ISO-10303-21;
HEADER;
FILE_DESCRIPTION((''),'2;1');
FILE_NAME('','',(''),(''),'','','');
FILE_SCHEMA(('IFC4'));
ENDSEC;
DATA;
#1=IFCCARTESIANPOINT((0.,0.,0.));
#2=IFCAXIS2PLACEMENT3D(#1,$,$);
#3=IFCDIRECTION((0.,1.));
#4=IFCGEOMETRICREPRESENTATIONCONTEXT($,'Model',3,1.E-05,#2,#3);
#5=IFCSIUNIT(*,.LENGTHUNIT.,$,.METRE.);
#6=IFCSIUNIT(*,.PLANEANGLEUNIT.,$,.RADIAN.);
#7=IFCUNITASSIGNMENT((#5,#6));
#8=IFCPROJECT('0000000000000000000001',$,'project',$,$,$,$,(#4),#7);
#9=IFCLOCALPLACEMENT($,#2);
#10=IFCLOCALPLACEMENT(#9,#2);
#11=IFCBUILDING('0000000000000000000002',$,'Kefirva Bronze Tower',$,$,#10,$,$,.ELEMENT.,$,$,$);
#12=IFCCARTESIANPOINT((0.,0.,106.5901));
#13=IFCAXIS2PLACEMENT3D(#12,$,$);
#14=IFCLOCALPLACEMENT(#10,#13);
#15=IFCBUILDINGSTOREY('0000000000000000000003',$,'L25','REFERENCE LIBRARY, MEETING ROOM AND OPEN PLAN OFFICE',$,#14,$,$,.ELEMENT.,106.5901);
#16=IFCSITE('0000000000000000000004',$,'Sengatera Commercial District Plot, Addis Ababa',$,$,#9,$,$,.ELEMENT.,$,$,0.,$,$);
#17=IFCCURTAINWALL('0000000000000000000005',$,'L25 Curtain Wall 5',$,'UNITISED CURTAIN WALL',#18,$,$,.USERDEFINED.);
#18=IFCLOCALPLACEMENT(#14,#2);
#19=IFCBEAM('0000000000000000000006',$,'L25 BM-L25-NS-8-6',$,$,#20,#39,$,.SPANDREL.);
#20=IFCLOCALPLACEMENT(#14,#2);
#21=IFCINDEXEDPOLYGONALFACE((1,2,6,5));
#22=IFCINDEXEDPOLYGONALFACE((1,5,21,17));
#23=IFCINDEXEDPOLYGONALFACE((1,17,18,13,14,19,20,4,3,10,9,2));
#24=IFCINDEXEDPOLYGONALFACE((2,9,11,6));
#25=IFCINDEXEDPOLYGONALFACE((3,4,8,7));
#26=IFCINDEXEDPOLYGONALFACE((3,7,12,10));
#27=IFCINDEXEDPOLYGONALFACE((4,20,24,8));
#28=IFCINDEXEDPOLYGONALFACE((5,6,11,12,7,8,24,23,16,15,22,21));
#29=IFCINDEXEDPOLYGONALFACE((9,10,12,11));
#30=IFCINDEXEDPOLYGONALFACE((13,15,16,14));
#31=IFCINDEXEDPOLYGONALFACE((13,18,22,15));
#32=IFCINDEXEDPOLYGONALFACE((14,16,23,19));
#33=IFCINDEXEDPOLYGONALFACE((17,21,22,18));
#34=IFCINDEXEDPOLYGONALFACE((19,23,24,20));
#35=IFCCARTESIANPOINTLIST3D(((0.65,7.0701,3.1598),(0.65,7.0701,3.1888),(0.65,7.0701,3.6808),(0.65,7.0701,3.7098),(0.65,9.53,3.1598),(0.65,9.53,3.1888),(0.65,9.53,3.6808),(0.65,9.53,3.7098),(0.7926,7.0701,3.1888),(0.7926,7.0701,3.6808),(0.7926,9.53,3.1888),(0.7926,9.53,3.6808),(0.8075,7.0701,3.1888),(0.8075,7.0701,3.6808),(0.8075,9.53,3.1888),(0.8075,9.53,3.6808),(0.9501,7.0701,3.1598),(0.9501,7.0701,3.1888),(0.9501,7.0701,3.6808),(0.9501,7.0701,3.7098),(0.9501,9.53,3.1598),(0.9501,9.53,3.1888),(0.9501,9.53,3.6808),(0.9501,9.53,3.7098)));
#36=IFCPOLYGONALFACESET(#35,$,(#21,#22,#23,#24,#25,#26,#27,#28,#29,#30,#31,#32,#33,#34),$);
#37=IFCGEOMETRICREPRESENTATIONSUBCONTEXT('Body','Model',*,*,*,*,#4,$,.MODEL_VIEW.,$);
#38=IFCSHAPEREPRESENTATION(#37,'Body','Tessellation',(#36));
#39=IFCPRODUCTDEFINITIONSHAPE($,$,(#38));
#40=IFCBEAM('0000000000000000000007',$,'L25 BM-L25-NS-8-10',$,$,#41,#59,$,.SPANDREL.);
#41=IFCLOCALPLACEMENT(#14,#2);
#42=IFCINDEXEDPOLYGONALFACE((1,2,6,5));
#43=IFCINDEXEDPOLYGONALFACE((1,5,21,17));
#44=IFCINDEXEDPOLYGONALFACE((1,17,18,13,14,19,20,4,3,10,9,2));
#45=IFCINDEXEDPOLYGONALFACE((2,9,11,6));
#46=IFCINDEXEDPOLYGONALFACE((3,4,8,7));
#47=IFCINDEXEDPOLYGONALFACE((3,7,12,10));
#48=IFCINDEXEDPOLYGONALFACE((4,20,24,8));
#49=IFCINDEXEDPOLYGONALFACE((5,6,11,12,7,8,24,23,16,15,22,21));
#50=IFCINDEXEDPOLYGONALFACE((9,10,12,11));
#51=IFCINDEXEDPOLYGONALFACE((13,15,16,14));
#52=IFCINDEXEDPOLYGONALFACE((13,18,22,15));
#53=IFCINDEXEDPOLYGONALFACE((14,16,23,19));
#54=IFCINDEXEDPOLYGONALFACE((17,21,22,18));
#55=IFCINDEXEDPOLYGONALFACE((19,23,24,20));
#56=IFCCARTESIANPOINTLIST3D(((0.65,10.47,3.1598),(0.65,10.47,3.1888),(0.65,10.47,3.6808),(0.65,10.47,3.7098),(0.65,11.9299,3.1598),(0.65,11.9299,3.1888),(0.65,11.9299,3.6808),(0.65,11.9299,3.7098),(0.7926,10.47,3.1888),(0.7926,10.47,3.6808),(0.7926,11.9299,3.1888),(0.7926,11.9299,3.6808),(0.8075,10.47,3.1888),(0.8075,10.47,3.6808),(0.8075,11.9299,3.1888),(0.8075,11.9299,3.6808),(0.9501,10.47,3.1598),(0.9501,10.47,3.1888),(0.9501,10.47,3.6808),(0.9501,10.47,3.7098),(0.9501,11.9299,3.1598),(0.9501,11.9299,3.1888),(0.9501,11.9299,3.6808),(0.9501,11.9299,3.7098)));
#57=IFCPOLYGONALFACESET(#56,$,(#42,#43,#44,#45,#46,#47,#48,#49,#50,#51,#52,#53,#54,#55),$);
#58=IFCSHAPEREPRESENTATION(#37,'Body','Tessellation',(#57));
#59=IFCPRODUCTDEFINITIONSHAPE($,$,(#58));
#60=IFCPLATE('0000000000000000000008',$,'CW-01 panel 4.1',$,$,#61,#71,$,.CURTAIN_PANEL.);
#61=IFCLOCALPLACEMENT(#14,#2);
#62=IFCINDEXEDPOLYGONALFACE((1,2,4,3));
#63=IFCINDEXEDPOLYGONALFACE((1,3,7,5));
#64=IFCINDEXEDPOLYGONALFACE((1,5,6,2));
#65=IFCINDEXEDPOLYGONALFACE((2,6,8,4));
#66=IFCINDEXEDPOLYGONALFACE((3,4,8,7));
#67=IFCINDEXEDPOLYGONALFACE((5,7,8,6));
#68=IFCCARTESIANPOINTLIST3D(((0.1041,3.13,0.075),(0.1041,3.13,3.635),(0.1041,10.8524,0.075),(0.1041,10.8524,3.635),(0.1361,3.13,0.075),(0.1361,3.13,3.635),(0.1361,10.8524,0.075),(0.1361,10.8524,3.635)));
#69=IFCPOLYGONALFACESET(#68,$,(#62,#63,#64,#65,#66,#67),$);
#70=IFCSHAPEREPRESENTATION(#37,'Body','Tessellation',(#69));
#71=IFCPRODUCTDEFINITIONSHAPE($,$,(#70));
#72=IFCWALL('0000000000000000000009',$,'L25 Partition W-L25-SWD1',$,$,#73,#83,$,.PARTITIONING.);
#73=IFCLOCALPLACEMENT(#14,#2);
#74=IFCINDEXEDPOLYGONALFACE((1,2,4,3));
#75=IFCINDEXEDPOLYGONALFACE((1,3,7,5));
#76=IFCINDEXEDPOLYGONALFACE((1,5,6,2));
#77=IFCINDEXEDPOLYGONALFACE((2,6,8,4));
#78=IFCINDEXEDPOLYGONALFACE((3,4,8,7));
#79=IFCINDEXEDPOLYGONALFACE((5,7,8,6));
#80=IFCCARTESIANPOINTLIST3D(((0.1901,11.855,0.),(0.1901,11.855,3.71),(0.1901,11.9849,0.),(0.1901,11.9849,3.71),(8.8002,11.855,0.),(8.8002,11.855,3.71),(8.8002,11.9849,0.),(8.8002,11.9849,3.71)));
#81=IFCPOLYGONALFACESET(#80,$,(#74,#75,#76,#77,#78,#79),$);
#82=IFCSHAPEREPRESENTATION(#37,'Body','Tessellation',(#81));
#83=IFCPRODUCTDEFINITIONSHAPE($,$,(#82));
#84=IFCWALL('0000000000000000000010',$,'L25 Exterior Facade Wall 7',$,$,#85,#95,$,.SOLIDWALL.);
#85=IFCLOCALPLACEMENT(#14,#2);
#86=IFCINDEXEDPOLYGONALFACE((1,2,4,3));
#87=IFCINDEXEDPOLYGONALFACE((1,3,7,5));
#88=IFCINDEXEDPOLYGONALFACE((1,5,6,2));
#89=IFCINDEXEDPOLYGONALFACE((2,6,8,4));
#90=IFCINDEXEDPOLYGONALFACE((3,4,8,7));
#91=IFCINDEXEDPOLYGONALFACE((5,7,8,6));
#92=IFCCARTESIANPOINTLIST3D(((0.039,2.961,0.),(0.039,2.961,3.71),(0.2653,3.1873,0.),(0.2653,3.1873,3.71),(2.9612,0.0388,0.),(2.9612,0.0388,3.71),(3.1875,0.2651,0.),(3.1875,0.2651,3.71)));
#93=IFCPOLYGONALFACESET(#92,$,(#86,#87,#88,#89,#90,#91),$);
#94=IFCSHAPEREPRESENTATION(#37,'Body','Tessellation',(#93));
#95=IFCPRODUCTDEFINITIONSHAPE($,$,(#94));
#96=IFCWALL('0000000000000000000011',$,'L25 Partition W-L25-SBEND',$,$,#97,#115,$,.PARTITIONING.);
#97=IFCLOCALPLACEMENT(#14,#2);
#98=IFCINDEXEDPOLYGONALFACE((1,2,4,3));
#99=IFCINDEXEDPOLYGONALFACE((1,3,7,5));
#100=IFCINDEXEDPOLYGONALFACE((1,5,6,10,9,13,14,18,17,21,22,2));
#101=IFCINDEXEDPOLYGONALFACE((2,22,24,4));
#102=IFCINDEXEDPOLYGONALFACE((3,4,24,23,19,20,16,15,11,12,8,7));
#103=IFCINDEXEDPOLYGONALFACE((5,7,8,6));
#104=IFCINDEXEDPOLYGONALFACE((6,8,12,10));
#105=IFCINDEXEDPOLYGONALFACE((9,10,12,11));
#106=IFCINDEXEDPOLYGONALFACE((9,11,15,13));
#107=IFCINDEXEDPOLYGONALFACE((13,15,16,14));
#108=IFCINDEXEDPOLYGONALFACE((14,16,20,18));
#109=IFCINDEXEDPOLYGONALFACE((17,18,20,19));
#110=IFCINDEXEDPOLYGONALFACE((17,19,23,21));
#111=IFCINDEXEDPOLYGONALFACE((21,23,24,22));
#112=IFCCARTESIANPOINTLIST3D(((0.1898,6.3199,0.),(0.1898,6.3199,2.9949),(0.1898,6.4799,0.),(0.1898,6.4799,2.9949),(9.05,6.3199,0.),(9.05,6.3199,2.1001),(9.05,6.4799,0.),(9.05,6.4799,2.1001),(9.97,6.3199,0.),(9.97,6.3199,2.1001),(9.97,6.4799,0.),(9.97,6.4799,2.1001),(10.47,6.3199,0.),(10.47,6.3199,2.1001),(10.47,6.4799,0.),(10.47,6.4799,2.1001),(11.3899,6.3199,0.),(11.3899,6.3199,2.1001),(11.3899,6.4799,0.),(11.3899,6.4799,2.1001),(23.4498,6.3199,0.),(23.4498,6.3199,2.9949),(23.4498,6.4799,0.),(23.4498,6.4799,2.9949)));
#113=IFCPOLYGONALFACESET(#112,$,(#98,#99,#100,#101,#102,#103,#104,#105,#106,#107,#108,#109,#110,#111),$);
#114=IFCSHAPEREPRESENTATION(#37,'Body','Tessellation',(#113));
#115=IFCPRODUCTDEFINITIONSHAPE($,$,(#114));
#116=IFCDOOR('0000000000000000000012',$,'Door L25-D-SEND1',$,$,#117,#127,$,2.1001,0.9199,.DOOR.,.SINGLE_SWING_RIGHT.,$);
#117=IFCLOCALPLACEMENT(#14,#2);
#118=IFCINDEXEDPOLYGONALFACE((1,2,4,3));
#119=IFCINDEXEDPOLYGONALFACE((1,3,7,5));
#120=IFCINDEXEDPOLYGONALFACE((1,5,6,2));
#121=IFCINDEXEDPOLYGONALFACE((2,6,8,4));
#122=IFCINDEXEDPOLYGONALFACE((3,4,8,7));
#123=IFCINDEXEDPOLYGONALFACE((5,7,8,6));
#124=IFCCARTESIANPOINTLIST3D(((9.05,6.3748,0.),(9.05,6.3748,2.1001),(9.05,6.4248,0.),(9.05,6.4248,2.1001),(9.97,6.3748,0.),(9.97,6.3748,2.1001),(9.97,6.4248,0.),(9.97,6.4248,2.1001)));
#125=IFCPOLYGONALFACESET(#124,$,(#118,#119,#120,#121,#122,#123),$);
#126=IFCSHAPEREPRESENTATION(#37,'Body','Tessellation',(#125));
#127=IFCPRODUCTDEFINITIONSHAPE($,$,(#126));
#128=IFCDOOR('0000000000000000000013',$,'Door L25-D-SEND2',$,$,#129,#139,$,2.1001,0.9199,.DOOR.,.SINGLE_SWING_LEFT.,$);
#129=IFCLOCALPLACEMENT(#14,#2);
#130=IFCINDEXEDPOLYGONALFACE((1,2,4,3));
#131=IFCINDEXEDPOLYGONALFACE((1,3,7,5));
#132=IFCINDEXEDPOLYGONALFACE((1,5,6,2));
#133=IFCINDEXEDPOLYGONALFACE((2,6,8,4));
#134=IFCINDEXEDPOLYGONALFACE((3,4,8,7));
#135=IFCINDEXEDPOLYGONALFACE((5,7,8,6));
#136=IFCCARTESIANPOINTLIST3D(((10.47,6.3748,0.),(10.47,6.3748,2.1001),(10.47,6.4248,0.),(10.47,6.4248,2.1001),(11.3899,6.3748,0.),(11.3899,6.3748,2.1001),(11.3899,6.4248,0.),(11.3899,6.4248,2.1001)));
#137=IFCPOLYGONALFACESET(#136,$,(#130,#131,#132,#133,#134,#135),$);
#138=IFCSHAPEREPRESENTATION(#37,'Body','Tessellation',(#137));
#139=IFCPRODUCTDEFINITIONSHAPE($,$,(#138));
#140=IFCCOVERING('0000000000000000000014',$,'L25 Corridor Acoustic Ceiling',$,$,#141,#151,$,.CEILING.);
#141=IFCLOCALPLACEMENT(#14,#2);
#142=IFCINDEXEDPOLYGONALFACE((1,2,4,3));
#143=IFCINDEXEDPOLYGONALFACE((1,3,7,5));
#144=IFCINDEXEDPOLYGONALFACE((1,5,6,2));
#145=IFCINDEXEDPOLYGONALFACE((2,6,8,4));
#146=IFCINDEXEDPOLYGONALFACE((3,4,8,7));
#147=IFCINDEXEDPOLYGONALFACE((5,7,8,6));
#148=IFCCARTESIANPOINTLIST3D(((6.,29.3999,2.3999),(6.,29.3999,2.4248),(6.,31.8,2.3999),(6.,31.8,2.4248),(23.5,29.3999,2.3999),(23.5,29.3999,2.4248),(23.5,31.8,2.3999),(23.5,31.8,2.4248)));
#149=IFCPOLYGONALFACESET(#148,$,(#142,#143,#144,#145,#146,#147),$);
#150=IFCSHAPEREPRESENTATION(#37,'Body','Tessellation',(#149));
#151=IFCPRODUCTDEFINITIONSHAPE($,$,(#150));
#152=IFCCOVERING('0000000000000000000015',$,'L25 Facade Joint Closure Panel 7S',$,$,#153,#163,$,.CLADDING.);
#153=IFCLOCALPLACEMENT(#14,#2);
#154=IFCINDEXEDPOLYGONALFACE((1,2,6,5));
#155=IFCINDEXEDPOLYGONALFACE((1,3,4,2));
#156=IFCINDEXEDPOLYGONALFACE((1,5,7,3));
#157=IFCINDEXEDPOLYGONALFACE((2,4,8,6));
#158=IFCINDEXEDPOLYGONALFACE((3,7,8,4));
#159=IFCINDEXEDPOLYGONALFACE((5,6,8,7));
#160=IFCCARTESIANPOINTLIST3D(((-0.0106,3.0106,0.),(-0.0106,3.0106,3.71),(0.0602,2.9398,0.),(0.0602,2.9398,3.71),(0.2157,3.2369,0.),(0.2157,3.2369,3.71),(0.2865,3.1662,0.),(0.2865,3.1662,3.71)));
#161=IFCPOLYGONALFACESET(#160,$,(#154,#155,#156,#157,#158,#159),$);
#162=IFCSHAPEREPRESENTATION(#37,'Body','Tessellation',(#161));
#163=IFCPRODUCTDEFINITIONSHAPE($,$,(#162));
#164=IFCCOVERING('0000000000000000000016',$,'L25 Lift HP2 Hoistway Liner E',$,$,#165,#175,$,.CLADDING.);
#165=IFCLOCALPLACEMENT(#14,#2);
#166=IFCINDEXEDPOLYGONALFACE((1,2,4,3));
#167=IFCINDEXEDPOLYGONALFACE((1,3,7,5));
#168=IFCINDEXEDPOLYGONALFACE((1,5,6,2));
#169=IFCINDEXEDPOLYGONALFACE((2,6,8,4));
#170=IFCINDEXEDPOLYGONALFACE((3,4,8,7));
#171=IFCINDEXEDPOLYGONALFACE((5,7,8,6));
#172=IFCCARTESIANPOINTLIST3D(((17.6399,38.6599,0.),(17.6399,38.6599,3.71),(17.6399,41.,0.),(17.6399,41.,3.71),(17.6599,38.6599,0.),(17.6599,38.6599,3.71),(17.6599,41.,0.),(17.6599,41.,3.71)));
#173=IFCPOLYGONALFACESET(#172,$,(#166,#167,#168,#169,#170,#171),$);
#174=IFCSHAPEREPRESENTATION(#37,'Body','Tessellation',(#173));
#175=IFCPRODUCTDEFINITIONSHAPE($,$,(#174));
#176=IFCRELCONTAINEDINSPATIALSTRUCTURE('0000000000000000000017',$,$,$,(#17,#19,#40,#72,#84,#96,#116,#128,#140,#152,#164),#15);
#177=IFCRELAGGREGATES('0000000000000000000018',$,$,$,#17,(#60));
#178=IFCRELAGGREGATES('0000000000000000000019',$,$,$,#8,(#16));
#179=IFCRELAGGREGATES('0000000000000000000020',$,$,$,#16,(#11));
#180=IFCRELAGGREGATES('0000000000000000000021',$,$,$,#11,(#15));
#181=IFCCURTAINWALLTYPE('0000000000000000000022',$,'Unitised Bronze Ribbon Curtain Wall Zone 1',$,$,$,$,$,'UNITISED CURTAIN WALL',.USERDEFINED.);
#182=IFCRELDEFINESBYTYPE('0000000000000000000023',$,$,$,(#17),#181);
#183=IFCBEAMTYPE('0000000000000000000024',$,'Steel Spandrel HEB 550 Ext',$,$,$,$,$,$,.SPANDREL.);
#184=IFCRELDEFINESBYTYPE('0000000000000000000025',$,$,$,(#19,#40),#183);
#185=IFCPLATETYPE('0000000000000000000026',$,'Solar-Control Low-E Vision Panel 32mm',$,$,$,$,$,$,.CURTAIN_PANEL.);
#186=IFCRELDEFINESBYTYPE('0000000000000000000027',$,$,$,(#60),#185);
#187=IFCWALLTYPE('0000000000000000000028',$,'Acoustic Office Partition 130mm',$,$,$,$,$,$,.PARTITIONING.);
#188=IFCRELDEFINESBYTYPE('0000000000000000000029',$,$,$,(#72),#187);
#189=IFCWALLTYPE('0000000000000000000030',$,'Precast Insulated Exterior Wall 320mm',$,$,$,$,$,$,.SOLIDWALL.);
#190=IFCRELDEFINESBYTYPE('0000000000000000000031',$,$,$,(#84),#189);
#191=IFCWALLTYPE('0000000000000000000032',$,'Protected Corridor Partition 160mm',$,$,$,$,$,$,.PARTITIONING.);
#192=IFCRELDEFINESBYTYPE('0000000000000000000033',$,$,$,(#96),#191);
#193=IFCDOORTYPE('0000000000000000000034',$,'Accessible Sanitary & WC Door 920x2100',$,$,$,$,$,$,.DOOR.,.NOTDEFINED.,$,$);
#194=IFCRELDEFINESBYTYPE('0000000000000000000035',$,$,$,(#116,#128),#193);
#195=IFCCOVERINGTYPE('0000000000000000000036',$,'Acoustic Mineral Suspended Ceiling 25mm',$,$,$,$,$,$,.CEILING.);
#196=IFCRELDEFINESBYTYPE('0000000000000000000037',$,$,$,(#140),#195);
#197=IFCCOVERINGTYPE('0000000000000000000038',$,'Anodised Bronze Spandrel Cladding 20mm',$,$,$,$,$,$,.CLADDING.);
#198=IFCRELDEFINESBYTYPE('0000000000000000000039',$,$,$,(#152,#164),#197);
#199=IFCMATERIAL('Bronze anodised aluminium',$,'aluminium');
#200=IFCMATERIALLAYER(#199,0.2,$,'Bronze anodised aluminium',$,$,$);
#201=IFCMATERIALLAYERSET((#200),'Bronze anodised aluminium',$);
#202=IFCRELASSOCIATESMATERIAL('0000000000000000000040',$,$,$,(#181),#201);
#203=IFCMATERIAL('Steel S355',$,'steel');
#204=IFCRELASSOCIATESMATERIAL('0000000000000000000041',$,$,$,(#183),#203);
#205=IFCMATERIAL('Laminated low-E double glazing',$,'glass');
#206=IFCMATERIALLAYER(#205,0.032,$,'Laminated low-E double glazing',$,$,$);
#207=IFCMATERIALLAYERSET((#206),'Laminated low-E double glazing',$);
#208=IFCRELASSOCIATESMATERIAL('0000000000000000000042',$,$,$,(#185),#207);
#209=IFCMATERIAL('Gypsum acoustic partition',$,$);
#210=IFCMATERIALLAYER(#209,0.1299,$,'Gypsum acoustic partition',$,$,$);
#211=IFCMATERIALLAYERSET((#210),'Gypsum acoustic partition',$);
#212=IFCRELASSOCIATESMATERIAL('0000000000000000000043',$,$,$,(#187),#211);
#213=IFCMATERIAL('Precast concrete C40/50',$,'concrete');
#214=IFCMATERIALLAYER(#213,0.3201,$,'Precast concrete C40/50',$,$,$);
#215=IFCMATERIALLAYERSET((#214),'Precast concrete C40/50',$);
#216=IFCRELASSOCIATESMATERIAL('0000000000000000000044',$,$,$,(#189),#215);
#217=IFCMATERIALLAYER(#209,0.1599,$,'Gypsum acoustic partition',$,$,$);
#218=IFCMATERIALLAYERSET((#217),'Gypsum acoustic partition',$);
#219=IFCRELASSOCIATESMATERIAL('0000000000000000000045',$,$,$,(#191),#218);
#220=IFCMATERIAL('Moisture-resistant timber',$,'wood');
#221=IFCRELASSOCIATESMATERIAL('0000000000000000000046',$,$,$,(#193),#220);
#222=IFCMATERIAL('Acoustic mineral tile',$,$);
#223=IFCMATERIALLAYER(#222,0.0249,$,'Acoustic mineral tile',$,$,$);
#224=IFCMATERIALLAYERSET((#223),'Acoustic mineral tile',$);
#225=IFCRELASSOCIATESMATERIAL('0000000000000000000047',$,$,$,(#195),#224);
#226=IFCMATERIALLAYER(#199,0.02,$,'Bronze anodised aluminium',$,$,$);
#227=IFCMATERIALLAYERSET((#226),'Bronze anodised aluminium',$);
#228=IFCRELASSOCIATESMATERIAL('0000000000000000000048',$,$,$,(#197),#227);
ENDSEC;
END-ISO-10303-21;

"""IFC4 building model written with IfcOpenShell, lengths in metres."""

from ifc_helpers import new_model, si_unit, direction, frame, frame_2d, origin, origin_2d, place, context, subcontext, project, spatial, polyline, rectangle, i_section, outline, extrude, material, layer, layer_set, material_profile, profile_set, type_object, element, fill, aggregate, save


model = new_model("IFC4")

# Units and contexts
model_context = context("Model", 3, precision=1e-05, world=origin(), true_north=direction((0.0, 1.0)))
body_context = subcontext(model_context, "Body", "Model", "MODEL_VIEW")
ifc_project = project(units=[si_unit("LENGTHUNIT", "METRE"), si_unit("PLANEANGLEUNIT", "RADIAN")], contexts=[model_context])

# Site, building, storey
site_placement = place(None, origin())
site = spatial("IfcSite", under=ifc_project, at=site_placement, Name="Sengatera Commercial District Plot, Addis Ababa", CompositionType="ELEMENT", RefElevation=0.0)
building_placement = place(site_placement, origin())
building = spatial("IfcBuilding", under=site, at=building_placement, Name="Kefirva Bronze Tower", CompositionType="ELEMENT")
storey_placement = place(building_placement, frame((0.0, 0.0, 106.5901)))
storey = spatial("IfcBuildingStorey", under=building, at=storey_placement, Name="L25", Description="REFERENCE LIBRARY, MEETING ROOM AND OPEN PLAN OFFICE", CompositionType="ELEMENT", Elevation=106.5901)

# Curtain wall
ifc_material_1 = material(Name="Bronze anodised aluminium", Category="aluminium")
ifc_layer_1 = layer(ifc_material_1, 0.2, Name="Bronze anodised aluminium")
ifc_layer_set_1 = layer_set([ifc_layer_1], Name="Bronze anodised aluminium")
curtain_wall_type = type_object("IfcCurtainWallType", Name="Unitised Bronze Ribbon Curtain Wall Zone 1", ElementType="UNITISED CURTAIN WALL", PredefinedType="USERDEFINED", material=ifc_layer_set_1)
curtain_wall_placement = place(storey_placement, origin())
curtain_wall = element("IfcCurtainWall", 1, at=curtain_wall_placement, inside=storey, type_object=curtain_wall_type, Name="L25 Curtain Wall 5", ObjectType="UNITISED CURTAIN WALL", PredefinedType="USERDEFINED")

# Beams
ifc_material_2 = material(Name="Steel S355", Category="steel")
ifc_material_profile_1 = material_profile(ifc_material_2, i_section(OverallWidth=0.3, OverallDepth=0.55, WebThickness=0.0149, FlangeThickness=0.0291, at=origin_2d()), Name="HEB 550")
ifc_profile_set_1 = profile_set([ifc_material_profile_1], Name="Steel S355")
beam_type_1 = type_object("IfcBeamType", Name="Steel Spandrel HEB 550 Ext", PredefinedType="SPANDREL", material=ifc_profile_set_1)
beam_1_placement = place(storey_placement, frame((0.8, 7.0701, 3.4348), z_axis=(0.0, 1.0, 0.0), x_axis=(-1.0, 0.0, 0.0)))
element("IfcBeam", 2, at=beam_1_placement, inside=storey, type_object=beam_type_1, Name="L25 BM-L25-NS-8-6", PredefinedType="SPANDREL", context=body_context, shape_type="SweptSolid", body=[
    extrude(i_section(OverallWidth=0.3, OverallDepth=0.55, WebThickness=0.0149, FlangeThickness=0.0291, at=origin_2d()), origin(), (0.0, 0.0, 1.0), 2.46),
])
beam_2_placement = place(storey_placement, frame((0.8, 10.47, 3.4348), z_axis=(0.0, 1.0, 0.0), x_axis=(-1.0, 0.0, 0.0)))
element("IfcBeam", 3, at=beam_2_placement, inside=storey, type_object=beam_type_1, Name="L25 BM-L25-NS-8-10", PredefinedType="SPANDREL", context=body_context, shape_type="SweptSolid", body=[
    extrude(i_section(OverallWidth=0.3, OverallDepth=0.55, WebThickness=0.0149, FlangeThickness=0.0291, at=origin_2d()), origin(), (0.0, 0.0, 1.0), 1.46),
])

# Plate
ifc_material_3 = material(Name="Laminated low-E double glazing", Category="glass")
ifc_layer_2 = layer(ifc_material_3, 0.032, Name="Laminated low-E double glazing")
ifc_layer_set_2 = layer_set([ifc_layer_2], Name="Laminated low-E double glazing")
plate_type = type_object("IfcPlateType", Name="Solar-Control Low-E Vision Panel 32mm", PredefinedType="CURTAIN_PANEL", material=ifc_layer_set_2)
plate_placement = place(storey_placement, frame((0.1201, 6.9912, 0.075), z_axis=(0.0, 0.0, 1.0), x_axis=(0.0, -1.0, 0.0)))
plate = element("IfcPlate", 4, at=plate_placement, type_object=plate_type, Name="CW-01 panel 4.1", PredefinedType="CURTAIN_PANEL", context=body_context, shape_type="SweptSolid", body=[
    extrude(rectangle(XDim=7.7224, YDim=0.032, at=origin_2d()), origin(), (0.0, 0.0, 1.0), 3.5601),
])
aggregate(curtain_wall, [plate])

# Walls
ifc_material_4 = material(Name="Gypsum acoustic partition")
ifc_layer_3 = layer(ifc_material_4, 0.1299, Name="Gypsum acoustic partition")
ifc_layer_set_3 = layer_set([ifc_layer_3], Name="Gypsum acoustic partition")
wall_type_1 = type_object("IfcWallType", Name="Acoustic Office Partition 130mm", PredefinedType="PARTITIONING", material=ifc_layer_set_3)
wall_1_placement = place(storey_placement, frame((0.1899, 11.9199, 0.0), z_axis=(0.0, 0.0, 1.0), x_axis=(1.0, 0.0, 0.0)))
element("IfcWall", 5, at=wall_1_placement, inside=storey, type_object=wall_type_1, Name="L25 Partition W-L25-SWD1", PredefinedType="PARTITIONING", context=body_context, shape_type="SweptSolid", body=[
    extrude(rectangle(XDim=8.6101, YDim=0.1299, at=frame_2d((4.3052, 0.0))), origin(), (0.0, 0.0, 1.0), 3.71),
])
ifc_material_5 = material(Name="Precast concrete C40/50", Category="concrete")
ifc_layer_4 = layer(ifc_material_5, 0.3201, Name="Precast concrete C40/50")
ifc_layer_set_4 = layer_set([ifc_layer_4], Name="Precast concrete C40/50")
wall_type_2 = type_object("IfcWallType", Name="Precast Insulated Exterior Wall 320mm", PredefinedType="SOLIDWALL", material=ifc_layer_set_4)
wall_2_placement = place(storey_placement, frame((0.1521, 3.0742, 0.0), z_axis=(0.0, 0.0, 1.0), x_axis=(0.707107, -0.707107, 0.0)))
element("IfcWall", 6, at=wall_2_placement, inside=storey, type_object=wall_type_2, Name="L25 Exterior Facade Wall 7", PredefinedType="SOLIDWALL", context=body_context, shape_type="SweptSolid", body=[
    extrude(rectangle(XDim=4.1326, YDim=0.3201, at=frame_2d((2.0664, 0.0))), origin(), (0.0, 0.0, 1.0), 3.71),
])

# Wall, openings, doors
ifc_layer_5 = layer(ifc_material_4, 0.1599, Name="Gypsum acoustic partition")
ifc_layer_set_5 = layer_set([ifc_layer_5], Name="Gypsum acoustic partition")
wall_type_3 = type_object("IfcWallType", Name="Protected Corridor Partition 160mm", PredefinedType="PARTITIONING", material=ifc_layer_set_5)
wall_3_placement = place(storey_placement, frame((0.1899, 6.3999, 0.0), z_axis=(0.0, 0.0, 1.0), x_axis=(1.0, 0.0, 0.0)))
wall_3 = element("IfcWall", 7, at=wall_3_placement, inside=storey, type_object=wall_type_3, Name="L25 Partition W-L25-SBEND", PredefinedType="PARTITIONING", context=body_context, shape_type="SweptSolid", body=[
    extrude(rectangle(XDim=23.26, YDim=0.1599, at=frame_2d((11.6299, 0.0))), origin(), (0.0, 0.0, 1.0), 2.9949),
])
opening_1_placement = place(wall_3_placement, frame((8.8601, 0.0, 0.0)))
opening_1 = element("IfcOpeningElement", 8, at=opening_1_placement, cuts=wall_3, PredefinedType="OPENING", context=body_context, shape_type="SweptSolid", body=[
    extrude(rectangle(XDim=0.9199, YDim=2.1001, at=frame_2d((0.46, 1.05))), frame((0.0, 0.0898, 0.0), z_axis=(0.0, -1.0, 0.0), x_axis=(1.0, 0.0, 0.0)), (0.0, 0.0, 1.0), 0.1799),
])
opening_2_placement = place(wall_3_placement, frame((10.28, 0.0, 0.0)))
opening_2 = element("IfcOpeningElement", 9, at=opening_2_placement, cuts=wall_3, PredefinedType="OPENING", context=body_context, shape_type="SweptSolid", body=[
    extrude(rectangle(XDim=0.9199, YDim=2.1001, at=frame_2d((0.46, 1.05))), frame((0.0, 0.0898, 0.0), z_axis=(0.0, -1.0, 0.0), x_axis=(1.0, 0.0, 0.0)), (0.0, 0.0, 1.0), 0.1799),
])
ifc_material_6 = material(Name="Moisture-resistant timber", Category="wood")
door_type = type_object("IfcDoorType", Name="Accessible Sanitary & WC Door 920x2100", OperationType="NOTDEFINED", PredefinedType="DOOR", material=ifc_material_6)
door_1_placement = place(opening_1_placement, origin())
door_1 = element("IfcDoor", 10, at=door_1_placement, inside=storey, type_object=door_type, Name="Door L25-D-SEND1", OperationType="SINGLE_SWING_RIGHT", OverallHeight=2.1001, OverallWidth=0.9199, PredefinedType="DOOR", context=body_context, shape_type="SweptSolid", body=[
    extrude(rectangle(XDim=0.9199, YDim=2.1001, at=frame_2d((0.46, 1.05))), frame((0.0, 0.0249, 0.0), z_axis=(0.0, -1.0, 0.0), x_axis=(1.0, 0.0, 0.0)), (0.0, 0.0, 1.0), 0.05),
])
fill(opening_1, door_1)
door_2_placement = place(opening_2_placement, origin())
door_2 = element("IfcDoor", 11, at=door_2_placement, inside=storey, type_object=door_type, Name="Door L25-D-SEND2", OperationType="SINGLE_SWING_LEFT", OverallHeight=2.1001, OverallWidth=0.9199, PredefinedType="DOOR", context=body_context, shape_type="SweptSolid", body=[
    extrude(rectangle(XDim=0.9199, YDim=2.1001, at=frame_2d((0.46, 1.05))), frame((0.0, 0.0249, 0.0), z_axis=(0.0, -1.0, 0.0), x_axis=(1.0, 0.0, 0.0)), (0.0, 0.0, 1.0), 0.05),
])
fill(opening_2, door_2)

# Coverings
ifc_material_7 = material(Name="Acoustic mineral tile")
ifc_layer_6 = layer(ifc_material_7, 0.0249, Name="Acoustic mineral tile")
ifc_layer_set_6 = layer_set([ifc_layer_6], Name="Acoustic mineral tile")
covering_type_1 = type_object("IfcCoveringType", Name="Acoustic Mineral Suspended Ceiling 25mm", PredefinedType="CEILING", material=ifc_layer_set_6)
covering_1_placement = place(storey_placement, frame((0.0, 0.0, 2.3999)))
element("IfcCovering", 12, at=covering_1_placement, inside=storey, type_object=covering_type_1, Name="L25 Corridor Acoustic Ceiling", PredefinedType="CEILING", context=body_context, shape_type="SweptSolid", body=[
    extrude(outline(polyline([(6.0, 29.3999), (23.5, 29.3999), (23.5, 31.8), (6.0, 31.8), (6.0, 29.3999)])), origin(), (0.0, 0.0, 1.0), 0.0249),
])
ifc_layer_7 = layer(ifc_material_1, 0.02, Name="Bronze anodised aluminium")
ifc_layer_set_7 = layer_set([ifc_layer_7], Name="Bronze anodised aluminium")
covering_type_2 = type_object("IfcCoveringType", Name="Anodised Bronze Spandrel Cladding 20mm", PredefinedType="CLADDING", material=ifc_layer_set_7)
covering_2_placement = place(storey_placement, frame((0.1379, 3.0884, 0.0), z_axis=(0.0, 0.0, 1.0), x_axis=(0.707107, -0.707107, 0.0)))
element("IfcCovering", 13, at=covering_2_placement, inside=storey, type_object=covering_type_2, Name="L25 Facade Joint Closure Panel 7S", PredefinedType="CLADDING", context=body_context, shape_type="SweptSolid", body=[
    extrude(rectangle(XDim=0.1001, YDim=0.3201, at=origin_2d()), origin(), (0.0, 0.0, 1.0), 3.71),
])
covering_3_placement = place(storey_placement, origin())
element("IfcCovering", 14, at=covering_3_placement, inside=storey, type_object=covering_type_2, Name="L25 Lift HP2 Hoistway Liner E", PredefinedType="CLADDING", context=body_context, shape_type="SweptSolid", body=[
    extrude(outline(polyline([(17.6399, 38.6599), (17.6599, 38.6599), (17.6599, 41.0), (17.6399, 41.0), (17.6399, 38.6599)])), origin(), (0.0, 0.0, 1.0), 3.71),
])

save(model, "model.ifc")
